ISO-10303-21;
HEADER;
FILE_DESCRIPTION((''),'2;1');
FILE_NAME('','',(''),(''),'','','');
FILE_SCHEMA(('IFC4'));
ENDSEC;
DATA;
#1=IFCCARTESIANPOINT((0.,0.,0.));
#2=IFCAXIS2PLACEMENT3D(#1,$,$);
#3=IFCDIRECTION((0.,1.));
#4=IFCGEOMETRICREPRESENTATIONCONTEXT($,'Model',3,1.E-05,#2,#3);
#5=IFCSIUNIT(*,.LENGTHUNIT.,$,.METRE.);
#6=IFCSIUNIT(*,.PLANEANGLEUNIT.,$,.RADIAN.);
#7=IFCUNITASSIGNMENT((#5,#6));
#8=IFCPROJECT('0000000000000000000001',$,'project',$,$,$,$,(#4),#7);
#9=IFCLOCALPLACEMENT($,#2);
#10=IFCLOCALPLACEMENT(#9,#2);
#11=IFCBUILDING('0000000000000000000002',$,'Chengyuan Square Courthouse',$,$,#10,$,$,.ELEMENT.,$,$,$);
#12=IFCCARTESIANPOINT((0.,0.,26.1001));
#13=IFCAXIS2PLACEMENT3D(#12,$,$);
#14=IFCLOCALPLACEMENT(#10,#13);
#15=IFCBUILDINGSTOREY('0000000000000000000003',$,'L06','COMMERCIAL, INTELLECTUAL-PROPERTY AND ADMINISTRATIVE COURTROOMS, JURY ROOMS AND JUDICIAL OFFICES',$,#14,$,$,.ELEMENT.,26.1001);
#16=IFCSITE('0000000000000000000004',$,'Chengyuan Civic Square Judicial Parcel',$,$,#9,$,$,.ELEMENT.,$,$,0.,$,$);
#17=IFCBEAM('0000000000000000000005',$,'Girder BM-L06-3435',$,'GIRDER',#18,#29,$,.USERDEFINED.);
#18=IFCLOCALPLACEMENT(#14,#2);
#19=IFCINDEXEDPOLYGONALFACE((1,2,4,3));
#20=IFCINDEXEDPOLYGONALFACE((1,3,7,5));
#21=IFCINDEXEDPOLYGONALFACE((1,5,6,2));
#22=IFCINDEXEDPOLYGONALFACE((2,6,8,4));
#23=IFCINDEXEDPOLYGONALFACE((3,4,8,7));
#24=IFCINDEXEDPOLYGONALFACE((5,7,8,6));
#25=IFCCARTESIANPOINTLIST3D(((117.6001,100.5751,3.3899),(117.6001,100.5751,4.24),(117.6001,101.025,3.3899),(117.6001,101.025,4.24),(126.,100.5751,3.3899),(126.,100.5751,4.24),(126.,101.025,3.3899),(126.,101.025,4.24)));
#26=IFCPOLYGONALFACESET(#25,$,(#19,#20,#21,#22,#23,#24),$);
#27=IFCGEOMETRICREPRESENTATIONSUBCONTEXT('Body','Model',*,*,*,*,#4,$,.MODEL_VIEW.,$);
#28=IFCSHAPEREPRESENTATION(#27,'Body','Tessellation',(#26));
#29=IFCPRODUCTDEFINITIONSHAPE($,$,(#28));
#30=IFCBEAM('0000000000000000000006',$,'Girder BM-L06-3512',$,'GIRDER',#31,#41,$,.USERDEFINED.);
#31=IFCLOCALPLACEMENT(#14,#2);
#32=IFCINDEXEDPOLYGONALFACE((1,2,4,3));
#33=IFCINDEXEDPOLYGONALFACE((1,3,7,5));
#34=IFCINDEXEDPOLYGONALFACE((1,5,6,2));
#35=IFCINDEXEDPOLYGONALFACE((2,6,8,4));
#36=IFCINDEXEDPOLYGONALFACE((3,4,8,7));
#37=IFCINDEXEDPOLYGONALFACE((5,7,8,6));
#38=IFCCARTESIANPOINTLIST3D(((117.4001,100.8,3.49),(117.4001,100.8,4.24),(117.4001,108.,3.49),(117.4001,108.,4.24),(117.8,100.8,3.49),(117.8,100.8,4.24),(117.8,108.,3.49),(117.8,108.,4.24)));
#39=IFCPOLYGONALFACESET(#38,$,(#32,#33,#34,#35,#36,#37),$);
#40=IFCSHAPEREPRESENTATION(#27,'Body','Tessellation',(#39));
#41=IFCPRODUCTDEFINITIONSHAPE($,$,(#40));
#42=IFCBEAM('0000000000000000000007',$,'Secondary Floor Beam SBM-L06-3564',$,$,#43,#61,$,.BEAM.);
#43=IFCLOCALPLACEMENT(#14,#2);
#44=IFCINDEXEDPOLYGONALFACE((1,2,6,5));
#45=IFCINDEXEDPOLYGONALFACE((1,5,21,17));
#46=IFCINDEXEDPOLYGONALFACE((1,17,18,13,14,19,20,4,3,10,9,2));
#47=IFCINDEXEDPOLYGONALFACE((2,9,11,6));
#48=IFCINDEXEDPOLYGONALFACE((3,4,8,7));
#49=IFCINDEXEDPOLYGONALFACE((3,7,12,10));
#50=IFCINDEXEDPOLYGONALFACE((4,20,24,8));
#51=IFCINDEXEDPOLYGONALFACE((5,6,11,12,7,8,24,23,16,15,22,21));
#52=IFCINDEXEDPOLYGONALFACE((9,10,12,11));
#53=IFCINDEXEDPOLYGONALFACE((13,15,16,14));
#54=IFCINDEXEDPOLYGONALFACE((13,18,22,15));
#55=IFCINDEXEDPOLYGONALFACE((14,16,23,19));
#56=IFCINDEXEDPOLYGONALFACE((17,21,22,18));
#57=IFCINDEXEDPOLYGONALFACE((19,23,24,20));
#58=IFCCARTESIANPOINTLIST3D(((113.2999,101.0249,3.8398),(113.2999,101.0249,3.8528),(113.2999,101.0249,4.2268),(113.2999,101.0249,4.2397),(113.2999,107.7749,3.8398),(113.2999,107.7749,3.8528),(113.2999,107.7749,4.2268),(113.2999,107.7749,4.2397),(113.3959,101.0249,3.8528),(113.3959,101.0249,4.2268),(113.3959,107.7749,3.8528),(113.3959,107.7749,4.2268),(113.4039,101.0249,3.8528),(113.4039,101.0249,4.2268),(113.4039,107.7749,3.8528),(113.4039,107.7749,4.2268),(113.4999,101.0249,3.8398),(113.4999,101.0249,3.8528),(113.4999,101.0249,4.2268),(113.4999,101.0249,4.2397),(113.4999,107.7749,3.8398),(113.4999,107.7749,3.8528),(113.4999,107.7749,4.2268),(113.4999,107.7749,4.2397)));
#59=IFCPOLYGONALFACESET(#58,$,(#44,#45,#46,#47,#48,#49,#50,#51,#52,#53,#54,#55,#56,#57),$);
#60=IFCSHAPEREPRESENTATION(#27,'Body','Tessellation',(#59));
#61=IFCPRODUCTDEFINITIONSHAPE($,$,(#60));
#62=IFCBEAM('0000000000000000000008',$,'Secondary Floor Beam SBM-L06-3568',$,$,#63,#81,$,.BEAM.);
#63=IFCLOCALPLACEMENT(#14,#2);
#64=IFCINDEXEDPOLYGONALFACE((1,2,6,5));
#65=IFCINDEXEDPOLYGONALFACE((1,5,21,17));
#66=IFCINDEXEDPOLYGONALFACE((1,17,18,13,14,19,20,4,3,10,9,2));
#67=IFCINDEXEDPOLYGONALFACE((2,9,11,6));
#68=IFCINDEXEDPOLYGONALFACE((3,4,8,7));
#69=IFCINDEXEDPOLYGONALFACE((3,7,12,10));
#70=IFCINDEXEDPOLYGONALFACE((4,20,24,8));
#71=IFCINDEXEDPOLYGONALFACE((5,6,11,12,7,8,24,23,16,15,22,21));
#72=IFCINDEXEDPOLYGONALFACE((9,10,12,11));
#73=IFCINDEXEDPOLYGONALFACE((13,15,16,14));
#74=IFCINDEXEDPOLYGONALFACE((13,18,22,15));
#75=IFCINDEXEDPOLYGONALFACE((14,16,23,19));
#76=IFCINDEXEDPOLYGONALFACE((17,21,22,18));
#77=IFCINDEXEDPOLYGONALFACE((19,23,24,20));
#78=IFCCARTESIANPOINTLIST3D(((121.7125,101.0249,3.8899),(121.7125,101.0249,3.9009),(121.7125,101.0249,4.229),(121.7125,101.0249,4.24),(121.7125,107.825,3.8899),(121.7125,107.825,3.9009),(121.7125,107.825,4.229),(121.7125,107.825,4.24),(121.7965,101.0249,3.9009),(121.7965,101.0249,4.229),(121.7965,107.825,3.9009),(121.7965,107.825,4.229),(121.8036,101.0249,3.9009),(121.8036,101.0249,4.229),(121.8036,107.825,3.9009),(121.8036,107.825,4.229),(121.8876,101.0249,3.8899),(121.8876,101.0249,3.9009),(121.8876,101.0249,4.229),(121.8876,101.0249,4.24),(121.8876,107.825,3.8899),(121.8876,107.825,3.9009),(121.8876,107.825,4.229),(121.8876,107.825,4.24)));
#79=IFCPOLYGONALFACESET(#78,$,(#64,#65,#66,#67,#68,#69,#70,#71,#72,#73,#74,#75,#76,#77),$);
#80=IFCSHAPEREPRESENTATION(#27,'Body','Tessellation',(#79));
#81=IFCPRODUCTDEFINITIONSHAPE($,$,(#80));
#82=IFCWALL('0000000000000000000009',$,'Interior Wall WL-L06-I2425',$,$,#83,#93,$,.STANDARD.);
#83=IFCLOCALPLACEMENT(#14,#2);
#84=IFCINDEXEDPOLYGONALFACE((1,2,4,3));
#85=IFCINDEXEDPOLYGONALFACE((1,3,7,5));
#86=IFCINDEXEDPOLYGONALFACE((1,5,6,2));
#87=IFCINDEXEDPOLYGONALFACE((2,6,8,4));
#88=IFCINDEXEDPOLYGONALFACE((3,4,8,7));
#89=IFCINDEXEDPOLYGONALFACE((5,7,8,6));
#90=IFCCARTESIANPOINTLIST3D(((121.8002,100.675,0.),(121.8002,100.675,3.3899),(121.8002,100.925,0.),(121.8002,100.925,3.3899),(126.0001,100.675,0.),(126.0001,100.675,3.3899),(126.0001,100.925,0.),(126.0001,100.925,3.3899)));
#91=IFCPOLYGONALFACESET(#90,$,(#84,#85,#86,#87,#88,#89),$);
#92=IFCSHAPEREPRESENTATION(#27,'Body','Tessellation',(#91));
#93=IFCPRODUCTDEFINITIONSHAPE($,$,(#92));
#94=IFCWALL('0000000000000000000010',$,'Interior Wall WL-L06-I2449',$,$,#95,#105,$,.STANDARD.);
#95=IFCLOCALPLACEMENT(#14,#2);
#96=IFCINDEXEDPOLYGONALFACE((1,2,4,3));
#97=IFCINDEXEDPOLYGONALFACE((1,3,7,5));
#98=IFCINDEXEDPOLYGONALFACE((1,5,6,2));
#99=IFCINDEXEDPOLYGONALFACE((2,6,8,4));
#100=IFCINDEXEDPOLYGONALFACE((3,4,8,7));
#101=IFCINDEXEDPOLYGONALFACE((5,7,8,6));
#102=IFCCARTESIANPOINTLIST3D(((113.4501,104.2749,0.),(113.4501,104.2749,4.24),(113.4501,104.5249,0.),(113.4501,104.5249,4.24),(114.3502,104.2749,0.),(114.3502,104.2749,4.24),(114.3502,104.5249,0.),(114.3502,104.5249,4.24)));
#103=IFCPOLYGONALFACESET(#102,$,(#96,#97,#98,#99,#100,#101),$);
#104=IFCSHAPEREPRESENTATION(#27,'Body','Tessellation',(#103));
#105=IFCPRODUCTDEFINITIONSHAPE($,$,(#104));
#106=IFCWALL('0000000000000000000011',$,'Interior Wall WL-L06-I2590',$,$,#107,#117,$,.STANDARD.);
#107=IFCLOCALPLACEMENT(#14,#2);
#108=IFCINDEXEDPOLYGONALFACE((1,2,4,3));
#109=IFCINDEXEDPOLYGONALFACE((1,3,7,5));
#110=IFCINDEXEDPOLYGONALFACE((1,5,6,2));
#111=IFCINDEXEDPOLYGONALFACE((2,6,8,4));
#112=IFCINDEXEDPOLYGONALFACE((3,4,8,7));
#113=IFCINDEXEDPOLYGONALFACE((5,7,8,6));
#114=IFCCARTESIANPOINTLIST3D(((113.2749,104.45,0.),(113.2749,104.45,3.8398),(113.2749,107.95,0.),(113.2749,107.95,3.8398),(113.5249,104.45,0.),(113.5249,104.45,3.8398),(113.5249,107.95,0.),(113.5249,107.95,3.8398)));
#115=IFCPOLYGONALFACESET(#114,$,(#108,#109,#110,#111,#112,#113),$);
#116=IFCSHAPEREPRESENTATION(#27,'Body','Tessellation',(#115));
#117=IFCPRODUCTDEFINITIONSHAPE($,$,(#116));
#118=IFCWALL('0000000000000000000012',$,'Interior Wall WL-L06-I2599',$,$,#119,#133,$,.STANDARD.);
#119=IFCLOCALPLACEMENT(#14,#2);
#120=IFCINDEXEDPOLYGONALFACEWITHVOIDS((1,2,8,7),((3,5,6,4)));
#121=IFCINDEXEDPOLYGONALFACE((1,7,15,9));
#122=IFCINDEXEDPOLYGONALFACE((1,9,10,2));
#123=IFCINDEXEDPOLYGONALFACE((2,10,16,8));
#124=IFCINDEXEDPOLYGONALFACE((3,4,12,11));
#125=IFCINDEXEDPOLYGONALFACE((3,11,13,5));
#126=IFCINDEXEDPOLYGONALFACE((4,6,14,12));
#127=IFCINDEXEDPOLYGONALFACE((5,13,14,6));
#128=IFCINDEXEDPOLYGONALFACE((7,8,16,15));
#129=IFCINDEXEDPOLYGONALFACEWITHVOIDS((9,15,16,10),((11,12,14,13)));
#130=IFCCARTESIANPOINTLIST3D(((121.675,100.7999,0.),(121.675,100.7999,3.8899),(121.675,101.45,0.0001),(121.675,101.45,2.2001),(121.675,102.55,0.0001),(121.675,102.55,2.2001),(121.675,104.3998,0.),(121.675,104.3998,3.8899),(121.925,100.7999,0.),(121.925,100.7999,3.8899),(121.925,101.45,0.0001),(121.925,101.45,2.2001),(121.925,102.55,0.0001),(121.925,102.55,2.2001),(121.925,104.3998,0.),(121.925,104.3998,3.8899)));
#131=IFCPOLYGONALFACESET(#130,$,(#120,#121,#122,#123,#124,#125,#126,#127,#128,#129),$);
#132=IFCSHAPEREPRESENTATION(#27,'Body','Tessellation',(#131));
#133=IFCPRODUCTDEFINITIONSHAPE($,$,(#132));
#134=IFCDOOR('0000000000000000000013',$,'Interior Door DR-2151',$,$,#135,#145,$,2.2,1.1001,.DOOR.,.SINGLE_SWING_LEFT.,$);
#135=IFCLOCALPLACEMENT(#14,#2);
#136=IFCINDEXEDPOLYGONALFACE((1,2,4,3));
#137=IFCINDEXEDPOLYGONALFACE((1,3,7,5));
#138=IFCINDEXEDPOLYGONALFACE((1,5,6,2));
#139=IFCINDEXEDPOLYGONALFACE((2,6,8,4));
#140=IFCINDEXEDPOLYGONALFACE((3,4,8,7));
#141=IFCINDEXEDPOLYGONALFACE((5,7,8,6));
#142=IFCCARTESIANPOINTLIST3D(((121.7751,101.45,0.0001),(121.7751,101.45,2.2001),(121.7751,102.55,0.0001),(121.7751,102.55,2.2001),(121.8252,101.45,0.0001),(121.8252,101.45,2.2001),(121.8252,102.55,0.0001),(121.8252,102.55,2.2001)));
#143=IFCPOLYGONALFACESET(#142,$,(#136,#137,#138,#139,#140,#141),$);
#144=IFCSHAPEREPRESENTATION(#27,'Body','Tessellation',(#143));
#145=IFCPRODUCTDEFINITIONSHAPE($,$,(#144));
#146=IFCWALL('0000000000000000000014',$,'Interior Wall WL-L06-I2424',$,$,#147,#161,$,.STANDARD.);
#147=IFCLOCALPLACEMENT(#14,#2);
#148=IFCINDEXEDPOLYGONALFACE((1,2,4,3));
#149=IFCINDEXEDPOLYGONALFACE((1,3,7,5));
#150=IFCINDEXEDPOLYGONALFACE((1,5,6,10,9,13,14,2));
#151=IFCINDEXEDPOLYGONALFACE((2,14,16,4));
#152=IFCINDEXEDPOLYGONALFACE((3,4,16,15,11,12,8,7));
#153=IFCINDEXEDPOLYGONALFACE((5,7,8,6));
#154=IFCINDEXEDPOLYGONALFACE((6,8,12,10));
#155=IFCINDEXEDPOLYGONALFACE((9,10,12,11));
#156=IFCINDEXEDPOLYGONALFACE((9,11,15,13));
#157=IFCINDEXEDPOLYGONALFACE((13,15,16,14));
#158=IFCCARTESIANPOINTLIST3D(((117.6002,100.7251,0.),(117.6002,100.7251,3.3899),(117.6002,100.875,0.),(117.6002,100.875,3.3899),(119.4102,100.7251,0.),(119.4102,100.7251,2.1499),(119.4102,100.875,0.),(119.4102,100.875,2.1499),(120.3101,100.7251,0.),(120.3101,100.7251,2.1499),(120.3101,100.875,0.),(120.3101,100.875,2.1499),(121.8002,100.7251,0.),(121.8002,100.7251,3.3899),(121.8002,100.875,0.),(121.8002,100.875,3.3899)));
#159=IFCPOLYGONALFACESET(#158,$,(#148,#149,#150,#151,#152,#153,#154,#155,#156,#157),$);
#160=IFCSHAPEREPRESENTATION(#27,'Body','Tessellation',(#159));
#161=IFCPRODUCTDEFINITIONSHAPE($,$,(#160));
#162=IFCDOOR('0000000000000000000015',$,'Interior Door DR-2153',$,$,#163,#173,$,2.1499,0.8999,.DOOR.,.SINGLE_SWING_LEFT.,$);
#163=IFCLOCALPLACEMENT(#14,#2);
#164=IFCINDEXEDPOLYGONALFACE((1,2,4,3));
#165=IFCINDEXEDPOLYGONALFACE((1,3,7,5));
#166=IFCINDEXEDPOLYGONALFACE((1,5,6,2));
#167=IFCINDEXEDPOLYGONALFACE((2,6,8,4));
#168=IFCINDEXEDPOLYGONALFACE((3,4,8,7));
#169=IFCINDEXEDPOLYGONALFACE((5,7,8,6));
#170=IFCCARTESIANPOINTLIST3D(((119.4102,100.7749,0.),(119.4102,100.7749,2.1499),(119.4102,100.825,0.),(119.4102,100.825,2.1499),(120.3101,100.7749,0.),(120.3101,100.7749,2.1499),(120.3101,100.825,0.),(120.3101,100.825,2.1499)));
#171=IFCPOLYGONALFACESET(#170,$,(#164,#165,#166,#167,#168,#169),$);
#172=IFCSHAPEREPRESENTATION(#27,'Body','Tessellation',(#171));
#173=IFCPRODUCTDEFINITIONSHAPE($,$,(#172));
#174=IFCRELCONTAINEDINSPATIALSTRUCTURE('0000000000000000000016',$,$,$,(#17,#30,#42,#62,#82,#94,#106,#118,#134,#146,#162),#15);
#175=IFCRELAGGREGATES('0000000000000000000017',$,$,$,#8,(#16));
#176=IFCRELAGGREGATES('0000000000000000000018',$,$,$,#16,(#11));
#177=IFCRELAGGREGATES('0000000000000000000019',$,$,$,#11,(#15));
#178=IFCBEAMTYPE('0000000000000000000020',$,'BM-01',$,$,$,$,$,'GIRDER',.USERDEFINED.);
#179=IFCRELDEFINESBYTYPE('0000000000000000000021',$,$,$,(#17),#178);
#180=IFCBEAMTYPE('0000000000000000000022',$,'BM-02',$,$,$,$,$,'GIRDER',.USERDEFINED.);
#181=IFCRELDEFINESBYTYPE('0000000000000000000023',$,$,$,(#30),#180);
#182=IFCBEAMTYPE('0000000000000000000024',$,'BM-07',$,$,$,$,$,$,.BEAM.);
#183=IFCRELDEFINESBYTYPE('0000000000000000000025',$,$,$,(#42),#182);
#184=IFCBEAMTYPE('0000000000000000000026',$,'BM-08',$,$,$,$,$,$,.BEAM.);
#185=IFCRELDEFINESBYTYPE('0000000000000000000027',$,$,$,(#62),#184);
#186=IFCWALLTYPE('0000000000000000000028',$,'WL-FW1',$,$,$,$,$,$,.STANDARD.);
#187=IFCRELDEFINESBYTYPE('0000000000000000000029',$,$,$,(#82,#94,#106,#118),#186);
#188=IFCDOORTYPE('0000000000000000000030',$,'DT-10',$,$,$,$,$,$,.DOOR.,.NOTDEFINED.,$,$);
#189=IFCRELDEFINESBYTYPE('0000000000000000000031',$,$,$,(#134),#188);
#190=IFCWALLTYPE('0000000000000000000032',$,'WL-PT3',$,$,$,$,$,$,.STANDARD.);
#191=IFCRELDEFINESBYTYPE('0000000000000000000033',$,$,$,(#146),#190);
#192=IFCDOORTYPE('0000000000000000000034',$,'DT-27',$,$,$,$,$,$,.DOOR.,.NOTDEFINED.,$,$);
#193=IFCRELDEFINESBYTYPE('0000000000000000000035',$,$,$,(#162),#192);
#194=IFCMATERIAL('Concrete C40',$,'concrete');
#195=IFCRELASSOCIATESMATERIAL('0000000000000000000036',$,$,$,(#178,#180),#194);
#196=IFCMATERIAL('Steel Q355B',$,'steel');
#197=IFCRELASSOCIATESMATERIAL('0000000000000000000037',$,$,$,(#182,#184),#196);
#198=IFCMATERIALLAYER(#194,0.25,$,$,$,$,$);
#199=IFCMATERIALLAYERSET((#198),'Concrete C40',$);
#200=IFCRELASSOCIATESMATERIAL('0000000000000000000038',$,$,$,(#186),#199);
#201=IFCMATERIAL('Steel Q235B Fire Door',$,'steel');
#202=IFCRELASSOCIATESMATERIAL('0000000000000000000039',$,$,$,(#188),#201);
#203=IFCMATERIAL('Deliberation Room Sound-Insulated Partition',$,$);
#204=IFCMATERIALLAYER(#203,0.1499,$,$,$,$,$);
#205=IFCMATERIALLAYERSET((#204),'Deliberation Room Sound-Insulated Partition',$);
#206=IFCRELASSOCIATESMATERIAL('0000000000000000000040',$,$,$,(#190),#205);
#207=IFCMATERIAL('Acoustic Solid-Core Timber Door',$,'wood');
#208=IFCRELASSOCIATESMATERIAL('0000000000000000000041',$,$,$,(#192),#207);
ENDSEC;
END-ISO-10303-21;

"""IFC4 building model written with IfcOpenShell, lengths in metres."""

from ifc_helpers import new_model, si_unit, direction, frame, frame_2d, origin, origin_2d, place, context, subcontext, project, spatial, rectangle, i_section, extrude, material, layer, layer_set, material_profile, profile_set, type_object, element, fill, save


model = new_model("IFC4")

# Units and contexts
model_context = context("Model", 3, precision=1e-05, world=origin(), true_north=direction((0.0, 1.0)))
body_context = subcontext(model_context, "Body", "Model", "MODEL_VIEW")
ifc_project = project(units=[si_unit("LENGTHUNIT", "METRE"), si_unit("PLANEANGLEUNIT", "RADIAN")], contexts=[model_context])

# Site, building, storey
site_placement = place(None, origin())
site = spatial("IfcSite", under=ifc_project, at=site_placement, Name="Chengyuan Civic Square Judicial Parcel", CompositionType="ELEMENT", RefElevation=0.0)
building_placement = place(site_placement, origin())
building = spatial("IfcBuilding", under=site, at=building_placement, Name="Chengyuan Square Courthouse", CompositionType="ELEMENT")
storey_placement = place(building_placement, frame((0.0, 0.0, 26.1001)))
storey = spatial("IfcBuildingStorey", under=building, at=storey_placement, Name="L06", Description="COMMERCIAL, INTELLECTUAL-PROPERTY AND ADMINISTRATIVE COURTROOMS, JURY ROOMS AND JUDICIAL OFFICES", CompositionType="ELEMENT", Elevation=26.1001)

# Beams
ifc_material_1 = material(Name="Concrete C40", Category="concrete")
ifc_material_profile_1 = material_profile(ifc_material_1, rectangle(XDim=0.45, YDim=0.8501, at=origin_2d()), Name="RC-BM-450x850")
ifc_profile_set_1 = profile_set([ifc_material_profile_1], Name="Concrete C40")
beam_type_1 = type_object("IfcBeamType", Name="BM-01", ElementType="GIRDER", PredefinedType="USERDEFINED", material=ifc_profile_set_1)
beam_1_placement = place(storey_placement, frame((117.6001, 100.8, 3.8149), z_axis=(1.0, 0.0, 0.0), x_axis=(0.0, 1.0, 0.0)))
element("IfcBeam", 1, at=beam_1_placement, inside=storey, type_object=beam_type_1, Name="Girder BM-L06-3435", ObjectType="GIRDER", PredefinedType="USERDEFINED", context=body_context, shape_type="SweptSolid", body=[
    extrude(rectangle(XDim=0.45, YDim=0.8501, at=origin_2d()), origin(), (0.0, 0.0, 1.0), 8.3999),
])
ifc_material_profile_2 = material_profile(ifc_material_1, rectangle(XDim=0.3999, YDim=0.75, at=origin_2d()), Name="RC-BM-400x750")
ifc_profile_set_2 = profile_set([ifc_material_profile_2], Name="Concrete C40")
beam_type_2 = type_object("IfcBeamType", Name="BM-02", ElementType="GIRDER", PredefinedType="USERDEFINED", material=ifc_profile_set_2)
beam_2_placement = place(storey_placement, frame((117.6001, 100.8, 3.865), z_axis=(0.0, 1.0, 0.0), x_axis=(-1.0, 0.0, 0.0)))
element("IfcBeam", 2, at=beam_2_placement, inside=storey, type_object=beam_type_2, Name="Girder BM-L06-3512", ObjectType="GIRDER", PredefinedType="USERDEFINED", context=body_context, shape_type="SweptSolid", body=[
    extrude(rectangle(XDim=0.3999, YDim=0.75, at=origin_2d()), origin(), (0.0, 0.0, 1.0), 7.2),
])
ifc_material_2 = material(Name="Steel Q355B", Category="steel")
ifc_material_profile_3 = material_profile(ifc_material_2, i_section(OverallWidth=0.2, OverallDepth=0.3999, WebThickness=0.0081, FlangeThickness=0.0129, at=origin_2d()), Name="HN 400x200x8x13")
ifc_profile_set_3 = profile_set([ifc_material_profile_3], Name="Steel Q355B")
beam_type_3 = type_object("IfcBeamType", Name="BM-07", PredefinedType="BEAM", material=ifc_profile_set_3)
beam_3_placement = place(storey_placement, frame((113.3999, 101.0249, 4.0398), z_axis=(0.0, 1.0, 0.0), x_axis=(-1.0, 0.0, 0.0)))
element("IfcBeam", 3, at=beam_3_placement, inside=storey, type_object=beam_type_3, Name="Secondary Floor Beam SBM-L06-3564", PredefinedType="BEAM", context=body_context, shape_type="SweptSolid", body=[
    extrude(i_section(OverallWidth=0.2, OverallDepth=0.3999, WebThickness=0.0081, FlangeThickness=0.0129, at=origin_2d()), origin(), (0.0, 0.0, 1.0), 6.75),
])
ifc_material_profile_4 = material_profile(ifc_material_2, i_section(OverallWidth=0.175, OverallDepth=0.3501, WebThickness=0.0071, FlangeThickness=0.011, at=origin_2d()), Name="HN 350x175x7x11")
ifc_profile_set_4 = profile_set([ifc_material_profile_4], Name="Steel Q355B")
beam_type_4 = type_object("IfcBeamType", Name="BM-08", PredefinedType="BEAM", material=ifc_profile_set_4)
beam_4_placement = place(storey_placement, frame((121.8, 101.0249, 4.0649), z_axis=(0.0, 1.0, 0.0), x_axis=(-1.0, 0.0, 0.0)))
element("IfcBeam", 4, at=beam_4_placement, inside=storey, type_object=beam_type_4, Name="Secondary Floor Beam SBM-L06-3568", PredefinedType="BEAM", context=body_context, shape_type="SweptSolid", body=[
    extrude(i_section(OverallWidth=0.175, OverallDepth=0.3501, WebThickness=0.0071, FlangeThickness=0.011, at=origin_2d()), origin(), (0.0, 0.0, 1.0), 6.8),
])

# Wall
ifc_layer_1 = layer(ifc_material_1, 0.25)
ifc_layer_set_1 = layer_set([ifc_layer_1], Name="Concrete C40")
wall_type_1 = type_object("IfcWallType", Name="WL-FW1", PredefinedType="STANDARD", material=ifc_layer_set_1)
wall_1_placement = place(storey_placement, frame((121.8, 100.8, 0.0), z_axis=(0.0, 0.0, 1.0), x_axis=(1.0, 0.0, 0.0)))
element("IfcWall", 5, at=wall_1_placement, inside=storey, type_object=wall_type_1, Name="Interior Wall WL-L06-I2425", PredefinedType="STANDARD", context=body_context, shape_type="SweptSolid", body=[
    extrude(rectangle(XDim=4.2, YDim=0.25, at=frame_2d((2.1001, 0.0))), origin(), (0.0, 0.0, 1.0), 3.3899),
])

# Shared definitions
ifc_material_3 = material(Name="Steel Q235B Fire Door", Category="steel")

# Walls
wall_2_placement = place(storey_placement, frame((113.45, 104.3999, 0.0), z_axis=(0.0, 0.0, 1.0), x_axis=(1.0, 0.0, 0.0)))
element("IfcWall", 6, at=wall_2_placement, inside=storey, type_object=wall_type_1, Name="Interior Wall WL-L06-I2449", PredefinedType="STANDARD", context=body_context, shape_type="SweptSolid", body=[
    extrude(rectangle(XDim=0.9001, YDim=0.25, at=frame_2d((0.4502, 0.0))), origin(), (0.0, 0.0, 1.0), 4.24),
])
wall_3_placement = place(storey_placement, frame((113.3999, 104.45, 0.0), z_axis=(0.0, 0.0, 1.0), x_axis=(0.0, 1.0, 0.0)))
element("IfcWall", 7, at=wall_3_placement, inside=storey, type_object=wall_type_1, Name="Interior Wall WL-L06-I2590", PredefinedType="STANDARD", context=body_context, shape_type="SweptSolid", body=[
    extrude(rectangle(XDim=3.5, YDim=0.25, at=frame_2d((1.75, 0.0))), origin(), (0.0, 0.0, 1.0), 3.8398),
])

# Walls, openings, doors
wall_4_placement = place(storey_placement, frame((121.8, 100.8, 0.0), z_axis=(0.0, 0.0, 1.0), x_axis=(0.0, 1.0, 0.0)))
wall_4 = element("IfcWall", 8, at=wall_4_placement, inside=storey, type_object=wall_type_1, Name="Interior Wall WL-L06-I2599", PredefinedType="STANDARD", context=body_context, shape_type="SweptSolid", body=[
    extrude(rectangle(XDim=3.5999, YDim=0.25, at=frame_2d((1.7998, 0.0))), origin(), (0.0, 0.0, 1.0), 3.8899),
])
opening_1_placement = place(wall_4_placement, frame((0.6499, 0.0, 0.0)))
opening_1 = element("IfcOpeningElement", 9, at=opening_1_placement, cuts=wall_4, PredefinedType="OPENING", context=body_context, shape_type="SweptSolid", body=[
    extrude(rectangle(XDim=1.1001, YDim=2.2, at=frame_2d((0.55, 1.1001))), frame((0.0, 0.137, 0.0), z_axis=(0.0, -1.0, 0.0), x_axis=(1.0, 0.0, 0.0)), (0.0, 0.0, 1.0), 0.2739),
])
door_type_1 = type_object("IfcDoorType", Name="DT-10", OperationType="NOTDEFINED", PredefinedType="DOOR", material=ifc_material_3)
door_1_placement = place(opening_1_placement, origin())
door_1 = element("IfcDoor", 10, at=door_1_placement, inside=storey, type_object=door_type_1, Name="Interior Door DR-2151", OperationType="SINGLE_SWING_LEFT", OverallHeight=2.2, OverallWidth=1.1001, PredefinedType="DOOR", context=body_context, shape_type="SweptSolid", body=[
    extrude(rectangle(XDim=1.1001, YDim=2.2, at=frame_2d((0.55, 1.1001))), frame((0.0, 0.0249, 0.0), z_axis=(0.0, -1.0, 0.0), x_axis=(1.0, 0.0, 0.0)), (0.0, 0.0, 1.0), 0.05),
])
fill(opening_1, door_1)
ifc_material_4 = material(Name="Deliberation Room Sound-Insulated Partition")
ifc_layer_2 = layer(ifc_material_4, 0.1499)
ifc_layer_set_2 = layer_set([ifc_layer_2], Name="Deliberation Room Sound-Insulated Partition")
wall_type_2 = type_object("IfcWallType", Name="WL-PT3", PredefinedType="STANDARD", material=ifc_layer_set_2)
wall_5_placement = place(storey_placement, frame((117.6001, 100.8, 0.0), z_axis=(0.0, 0.0, 1.0), x_axis=(1.0, 0.0, 0.0)))
wall_5 = element("IfcWall", 11, at=wall_5_placement, inside=storey, type_object=wall_type_2, Name="Interior Wall WL-L06-I2424", PredefinedType="STANDARD", context=body_context, shape_type="SweptSolid", body=[
    extrude(rectangle(XDim=4.2, YDim=0.1499, at=frame_2d((2.1001, 0.0))), origin(), (0.0, 0.0, 1.0), 3.3899),
])
opening_2_placement = place(wall_5_placement, frame((1.8101, 0.0, 0.0)))
opening_2 = element("IfcOpeningElement", 12, at=opening_2_placement, cuts=wall_5, PredefinedType="OPENING", context=body_context, shape_type="SweptSolid", body=[
    extrude(rectangle(XDim=0.8999, YDim=2.1499, at=frame_2d((0.45, 1.075))), frame((0.0, 0.0869, 0.0), z_axis=(0.0, -1.0, 0.0), x_axis=(1.0, 0.0, 0.0)), (0.0, 0.0, 1.0), 0.1738),
])
ifc_material_5 = material(Name="Acoustic Solid-Core Timber Door", Category="wood")
door_type_2 = type_object("IfcDoorType", Name="DT-27", OperationType="NOTDEFINED", PredefinedType="DOOR", material=ifc_material_5)
door_2_placement = place(opening_2_placement, origin())
door_2 = element("IfcDoor", 13, at=door_2_placement, inside=storey, type_object=door_type_2, Name="Interior Door DR-2153", OperationType="SINGLE_SWING_LEFT", OverallHeight=2.1499, OverallWidth=0.8999, PredefinedType="DOOR", context=body_context, shape_type="SweptSolid", body=[
    extrude(rectangle(XDim=0.8999, YDim=2.1499, at=frame_2d((0.45, 1.075))), frame((0.0, 0.0249, 0.0), z_axis=(0.0, -1.0, 0.0), x_axis=(1.0, 0.0, 0.0)), (0.0, 0.0, 1.0), 0.05),
])
fill(opening_2, door_2)

save(model, "model.ifc")
